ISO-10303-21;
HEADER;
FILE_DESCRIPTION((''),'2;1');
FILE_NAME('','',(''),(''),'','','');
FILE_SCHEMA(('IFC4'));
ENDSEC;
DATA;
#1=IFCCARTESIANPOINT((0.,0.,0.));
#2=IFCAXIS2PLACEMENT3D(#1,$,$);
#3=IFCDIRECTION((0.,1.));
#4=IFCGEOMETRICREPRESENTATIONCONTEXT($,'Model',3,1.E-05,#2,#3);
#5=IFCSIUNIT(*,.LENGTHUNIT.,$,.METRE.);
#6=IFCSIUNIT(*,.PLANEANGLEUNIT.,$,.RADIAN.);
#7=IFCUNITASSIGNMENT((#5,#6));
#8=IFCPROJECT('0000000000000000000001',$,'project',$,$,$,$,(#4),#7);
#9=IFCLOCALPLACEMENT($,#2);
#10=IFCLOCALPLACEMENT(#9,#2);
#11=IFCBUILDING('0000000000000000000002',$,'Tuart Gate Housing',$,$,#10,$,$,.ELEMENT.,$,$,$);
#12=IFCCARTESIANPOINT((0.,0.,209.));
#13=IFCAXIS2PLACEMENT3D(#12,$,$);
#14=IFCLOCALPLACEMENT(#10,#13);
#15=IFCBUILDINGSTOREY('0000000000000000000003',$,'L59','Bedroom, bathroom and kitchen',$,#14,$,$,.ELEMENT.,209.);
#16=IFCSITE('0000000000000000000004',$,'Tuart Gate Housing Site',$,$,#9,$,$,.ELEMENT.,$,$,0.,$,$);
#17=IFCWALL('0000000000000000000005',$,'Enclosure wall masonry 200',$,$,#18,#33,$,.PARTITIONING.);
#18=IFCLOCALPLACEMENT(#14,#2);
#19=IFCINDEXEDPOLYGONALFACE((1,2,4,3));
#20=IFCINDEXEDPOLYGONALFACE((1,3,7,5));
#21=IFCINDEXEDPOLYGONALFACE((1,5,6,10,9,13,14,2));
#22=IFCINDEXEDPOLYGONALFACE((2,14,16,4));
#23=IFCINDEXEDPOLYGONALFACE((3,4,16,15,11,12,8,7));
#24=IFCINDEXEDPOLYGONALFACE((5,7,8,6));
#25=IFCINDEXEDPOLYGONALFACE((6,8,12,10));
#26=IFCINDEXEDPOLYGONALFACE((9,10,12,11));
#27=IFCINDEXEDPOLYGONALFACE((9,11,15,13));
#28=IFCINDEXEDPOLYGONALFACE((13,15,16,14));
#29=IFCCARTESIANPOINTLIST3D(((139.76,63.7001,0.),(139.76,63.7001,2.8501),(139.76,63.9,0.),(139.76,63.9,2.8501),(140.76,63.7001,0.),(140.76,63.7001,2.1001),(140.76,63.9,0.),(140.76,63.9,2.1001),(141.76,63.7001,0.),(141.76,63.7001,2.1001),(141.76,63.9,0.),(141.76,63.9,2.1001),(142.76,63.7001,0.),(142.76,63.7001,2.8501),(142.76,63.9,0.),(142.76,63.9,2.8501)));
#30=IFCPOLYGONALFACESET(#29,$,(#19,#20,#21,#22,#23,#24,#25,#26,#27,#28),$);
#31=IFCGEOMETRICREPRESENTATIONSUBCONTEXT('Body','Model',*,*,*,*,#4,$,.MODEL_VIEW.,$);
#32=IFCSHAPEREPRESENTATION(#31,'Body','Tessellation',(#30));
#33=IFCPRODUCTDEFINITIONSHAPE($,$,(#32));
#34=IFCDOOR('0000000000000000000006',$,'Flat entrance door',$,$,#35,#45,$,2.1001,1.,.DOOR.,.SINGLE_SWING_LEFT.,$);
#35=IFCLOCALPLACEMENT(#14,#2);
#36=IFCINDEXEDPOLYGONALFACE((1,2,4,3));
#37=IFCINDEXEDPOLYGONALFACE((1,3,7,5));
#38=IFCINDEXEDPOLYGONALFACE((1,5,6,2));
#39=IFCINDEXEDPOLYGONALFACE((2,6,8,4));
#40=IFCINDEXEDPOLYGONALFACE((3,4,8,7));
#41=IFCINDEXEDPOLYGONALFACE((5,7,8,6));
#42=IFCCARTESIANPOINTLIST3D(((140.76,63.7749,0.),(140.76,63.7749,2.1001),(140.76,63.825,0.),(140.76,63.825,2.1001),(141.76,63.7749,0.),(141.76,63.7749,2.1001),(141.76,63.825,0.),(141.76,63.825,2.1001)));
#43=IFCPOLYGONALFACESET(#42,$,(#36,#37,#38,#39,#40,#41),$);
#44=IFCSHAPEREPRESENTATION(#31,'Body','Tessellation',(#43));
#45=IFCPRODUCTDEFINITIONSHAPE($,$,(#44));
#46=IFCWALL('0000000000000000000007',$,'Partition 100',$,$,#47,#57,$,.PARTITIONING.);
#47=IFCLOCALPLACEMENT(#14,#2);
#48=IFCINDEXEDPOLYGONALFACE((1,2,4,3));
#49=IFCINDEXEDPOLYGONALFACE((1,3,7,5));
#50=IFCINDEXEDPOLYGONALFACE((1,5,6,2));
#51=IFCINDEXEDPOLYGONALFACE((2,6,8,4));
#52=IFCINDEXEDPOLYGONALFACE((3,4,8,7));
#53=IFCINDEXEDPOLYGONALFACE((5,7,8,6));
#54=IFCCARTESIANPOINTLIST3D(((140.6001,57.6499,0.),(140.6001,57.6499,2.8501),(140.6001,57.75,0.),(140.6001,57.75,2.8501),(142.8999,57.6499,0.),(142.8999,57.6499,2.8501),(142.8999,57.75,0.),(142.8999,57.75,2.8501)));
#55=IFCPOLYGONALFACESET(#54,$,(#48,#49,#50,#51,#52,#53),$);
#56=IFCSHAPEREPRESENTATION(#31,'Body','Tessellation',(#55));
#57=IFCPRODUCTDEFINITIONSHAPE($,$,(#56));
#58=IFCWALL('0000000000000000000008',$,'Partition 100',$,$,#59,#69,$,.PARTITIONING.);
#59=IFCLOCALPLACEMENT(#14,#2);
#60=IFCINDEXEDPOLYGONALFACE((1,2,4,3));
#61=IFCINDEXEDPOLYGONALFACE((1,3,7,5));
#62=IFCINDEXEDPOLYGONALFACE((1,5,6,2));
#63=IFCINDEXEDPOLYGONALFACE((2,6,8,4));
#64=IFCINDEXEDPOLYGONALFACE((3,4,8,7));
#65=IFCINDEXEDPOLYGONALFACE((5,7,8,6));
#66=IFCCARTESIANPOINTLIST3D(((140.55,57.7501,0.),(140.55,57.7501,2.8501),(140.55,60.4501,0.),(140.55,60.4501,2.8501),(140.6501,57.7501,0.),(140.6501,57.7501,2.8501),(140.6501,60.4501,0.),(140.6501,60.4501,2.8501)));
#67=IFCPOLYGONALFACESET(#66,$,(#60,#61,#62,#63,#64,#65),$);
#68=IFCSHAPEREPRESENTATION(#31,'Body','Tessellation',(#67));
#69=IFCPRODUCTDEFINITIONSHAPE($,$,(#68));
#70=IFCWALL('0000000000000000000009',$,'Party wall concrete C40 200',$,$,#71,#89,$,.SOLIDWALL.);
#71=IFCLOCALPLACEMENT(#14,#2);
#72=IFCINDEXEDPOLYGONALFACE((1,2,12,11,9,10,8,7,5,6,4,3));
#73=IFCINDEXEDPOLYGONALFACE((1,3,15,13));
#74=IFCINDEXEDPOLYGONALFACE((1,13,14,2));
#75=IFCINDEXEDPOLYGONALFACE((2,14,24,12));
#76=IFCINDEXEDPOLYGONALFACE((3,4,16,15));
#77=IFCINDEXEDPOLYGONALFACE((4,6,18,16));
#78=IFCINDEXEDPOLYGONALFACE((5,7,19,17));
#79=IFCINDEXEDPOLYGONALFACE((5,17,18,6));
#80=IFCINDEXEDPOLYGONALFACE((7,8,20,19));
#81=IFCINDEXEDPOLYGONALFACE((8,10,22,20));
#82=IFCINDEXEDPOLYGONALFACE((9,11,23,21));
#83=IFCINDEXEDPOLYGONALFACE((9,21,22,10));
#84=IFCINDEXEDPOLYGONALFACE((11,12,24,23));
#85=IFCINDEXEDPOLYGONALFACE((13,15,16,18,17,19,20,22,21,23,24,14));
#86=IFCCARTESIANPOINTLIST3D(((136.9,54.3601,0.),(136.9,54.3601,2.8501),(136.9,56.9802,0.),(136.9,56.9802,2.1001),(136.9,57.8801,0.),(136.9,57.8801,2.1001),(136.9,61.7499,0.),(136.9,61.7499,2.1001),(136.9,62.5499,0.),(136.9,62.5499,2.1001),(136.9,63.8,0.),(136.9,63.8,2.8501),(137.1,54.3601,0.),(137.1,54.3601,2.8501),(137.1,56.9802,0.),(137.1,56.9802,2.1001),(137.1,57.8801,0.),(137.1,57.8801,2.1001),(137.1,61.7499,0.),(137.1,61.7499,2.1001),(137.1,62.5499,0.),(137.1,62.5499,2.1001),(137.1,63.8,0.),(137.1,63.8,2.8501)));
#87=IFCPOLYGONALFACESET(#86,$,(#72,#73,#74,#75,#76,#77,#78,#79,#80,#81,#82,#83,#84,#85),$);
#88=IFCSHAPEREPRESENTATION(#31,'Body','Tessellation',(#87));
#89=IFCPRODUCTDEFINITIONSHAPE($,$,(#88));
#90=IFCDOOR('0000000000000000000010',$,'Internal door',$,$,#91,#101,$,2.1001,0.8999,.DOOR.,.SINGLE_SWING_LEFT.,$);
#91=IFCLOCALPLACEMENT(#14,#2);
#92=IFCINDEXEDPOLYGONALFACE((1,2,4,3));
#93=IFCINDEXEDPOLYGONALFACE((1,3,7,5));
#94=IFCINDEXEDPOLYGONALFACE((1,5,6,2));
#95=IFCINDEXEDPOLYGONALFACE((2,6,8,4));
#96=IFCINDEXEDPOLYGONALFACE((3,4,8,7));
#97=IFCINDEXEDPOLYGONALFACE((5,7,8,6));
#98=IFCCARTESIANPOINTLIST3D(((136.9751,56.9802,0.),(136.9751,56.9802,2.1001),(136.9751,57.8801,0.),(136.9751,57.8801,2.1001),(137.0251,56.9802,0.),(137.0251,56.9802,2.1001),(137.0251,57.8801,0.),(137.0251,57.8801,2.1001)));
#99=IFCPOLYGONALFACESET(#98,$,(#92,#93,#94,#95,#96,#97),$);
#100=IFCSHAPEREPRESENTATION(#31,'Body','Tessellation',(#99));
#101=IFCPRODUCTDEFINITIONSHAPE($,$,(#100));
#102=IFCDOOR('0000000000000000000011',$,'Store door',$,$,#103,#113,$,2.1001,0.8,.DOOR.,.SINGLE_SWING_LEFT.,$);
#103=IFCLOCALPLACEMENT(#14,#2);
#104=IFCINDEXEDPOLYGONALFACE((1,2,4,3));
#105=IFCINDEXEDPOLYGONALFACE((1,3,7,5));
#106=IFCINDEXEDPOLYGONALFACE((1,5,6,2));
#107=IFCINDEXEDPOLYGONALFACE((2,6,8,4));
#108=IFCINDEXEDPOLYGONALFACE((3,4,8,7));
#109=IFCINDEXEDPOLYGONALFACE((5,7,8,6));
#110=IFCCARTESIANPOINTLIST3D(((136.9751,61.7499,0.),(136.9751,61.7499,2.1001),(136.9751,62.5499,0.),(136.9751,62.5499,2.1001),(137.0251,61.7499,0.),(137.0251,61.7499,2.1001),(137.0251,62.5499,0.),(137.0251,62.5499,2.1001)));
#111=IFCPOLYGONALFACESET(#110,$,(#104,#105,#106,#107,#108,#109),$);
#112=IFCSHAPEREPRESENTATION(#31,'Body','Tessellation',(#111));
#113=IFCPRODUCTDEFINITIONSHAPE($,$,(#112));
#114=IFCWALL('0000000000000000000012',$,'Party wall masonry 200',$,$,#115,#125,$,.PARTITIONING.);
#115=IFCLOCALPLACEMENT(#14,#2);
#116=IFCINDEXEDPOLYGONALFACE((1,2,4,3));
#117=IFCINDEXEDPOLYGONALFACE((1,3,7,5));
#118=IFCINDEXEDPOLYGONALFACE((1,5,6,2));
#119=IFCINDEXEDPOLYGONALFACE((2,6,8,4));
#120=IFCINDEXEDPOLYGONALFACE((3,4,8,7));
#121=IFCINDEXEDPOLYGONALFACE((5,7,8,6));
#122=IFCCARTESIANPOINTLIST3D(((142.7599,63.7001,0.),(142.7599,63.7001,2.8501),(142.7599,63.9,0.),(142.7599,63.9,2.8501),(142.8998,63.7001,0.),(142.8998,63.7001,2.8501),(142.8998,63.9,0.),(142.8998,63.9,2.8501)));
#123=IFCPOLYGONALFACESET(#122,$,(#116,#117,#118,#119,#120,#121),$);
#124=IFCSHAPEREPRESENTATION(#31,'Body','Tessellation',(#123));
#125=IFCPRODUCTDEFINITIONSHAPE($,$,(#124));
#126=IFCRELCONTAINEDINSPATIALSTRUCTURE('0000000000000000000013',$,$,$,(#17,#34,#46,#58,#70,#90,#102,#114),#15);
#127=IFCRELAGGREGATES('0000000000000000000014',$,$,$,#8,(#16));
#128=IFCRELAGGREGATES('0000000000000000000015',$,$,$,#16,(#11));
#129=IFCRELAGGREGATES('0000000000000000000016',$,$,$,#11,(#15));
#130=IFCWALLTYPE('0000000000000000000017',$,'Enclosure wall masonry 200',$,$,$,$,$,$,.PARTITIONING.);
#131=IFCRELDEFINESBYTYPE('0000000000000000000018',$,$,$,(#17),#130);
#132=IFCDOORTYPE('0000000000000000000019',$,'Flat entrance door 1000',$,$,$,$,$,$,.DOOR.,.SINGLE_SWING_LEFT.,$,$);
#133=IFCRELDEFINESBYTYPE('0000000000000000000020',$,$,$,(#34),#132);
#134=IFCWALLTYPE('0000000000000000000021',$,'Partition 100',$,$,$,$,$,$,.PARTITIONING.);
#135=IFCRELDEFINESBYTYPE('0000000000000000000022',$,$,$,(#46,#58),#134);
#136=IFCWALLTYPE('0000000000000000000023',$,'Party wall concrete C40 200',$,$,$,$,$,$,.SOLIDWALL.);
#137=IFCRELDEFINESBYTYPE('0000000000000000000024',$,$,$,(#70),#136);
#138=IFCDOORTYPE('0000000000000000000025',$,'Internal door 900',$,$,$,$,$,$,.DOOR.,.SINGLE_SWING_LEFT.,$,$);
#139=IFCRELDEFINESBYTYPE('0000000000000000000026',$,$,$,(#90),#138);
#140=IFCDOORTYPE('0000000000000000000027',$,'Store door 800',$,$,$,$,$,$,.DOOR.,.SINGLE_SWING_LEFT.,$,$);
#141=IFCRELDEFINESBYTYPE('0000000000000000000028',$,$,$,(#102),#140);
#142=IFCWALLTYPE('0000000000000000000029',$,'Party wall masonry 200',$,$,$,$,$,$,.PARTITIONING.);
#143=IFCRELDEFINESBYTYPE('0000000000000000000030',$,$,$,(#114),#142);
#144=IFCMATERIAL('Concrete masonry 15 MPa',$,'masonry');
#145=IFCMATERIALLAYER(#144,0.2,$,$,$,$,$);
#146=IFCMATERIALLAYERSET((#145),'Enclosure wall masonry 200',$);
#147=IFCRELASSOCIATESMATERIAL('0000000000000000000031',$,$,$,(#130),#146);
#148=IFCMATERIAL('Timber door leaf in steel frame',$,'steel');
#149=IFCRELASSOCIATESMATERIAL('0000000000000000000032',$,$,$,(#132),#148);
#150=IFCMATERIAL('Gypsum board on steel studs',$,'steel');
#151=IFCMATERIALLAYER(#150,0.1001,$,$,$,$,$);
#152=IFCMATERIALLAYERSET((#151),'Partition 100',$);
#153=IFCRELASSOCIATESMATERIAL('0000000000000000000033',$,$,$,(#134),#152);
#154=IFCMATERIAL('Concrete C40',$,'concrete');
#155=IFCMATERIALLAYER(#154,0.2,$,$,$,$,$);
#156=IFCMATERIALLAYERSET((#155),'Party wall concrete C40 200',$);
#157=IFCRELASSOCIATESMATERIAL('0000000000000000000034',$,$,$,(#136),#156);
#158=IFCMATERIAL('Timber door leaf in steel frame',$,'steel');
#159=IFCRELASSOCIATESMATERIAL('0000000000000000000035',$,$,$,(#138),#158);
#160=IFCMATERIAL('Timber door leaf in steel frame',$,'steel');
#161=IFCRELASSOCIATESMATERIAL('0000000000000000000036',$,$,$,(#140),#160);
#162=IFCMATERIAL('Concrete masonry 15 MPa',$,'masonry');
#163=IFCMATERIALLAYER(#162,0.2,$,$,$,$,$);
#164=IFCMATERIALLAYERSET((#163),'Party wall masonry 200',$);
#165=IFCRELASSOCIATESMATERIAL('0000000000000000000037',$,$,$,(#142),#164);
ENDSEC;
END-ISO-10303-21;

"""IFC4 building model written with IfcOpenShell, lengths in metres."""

from ifc_helpers import new_model, si_unit, direction, frame, frame_2d, origin, place, context, subcontext, project, spatial, rectangle, extrude, material, layer, layer_set, type_object, element, fill, save


model = new_model("IFC4")

# Units and contexts
model_context = context("Model", 3, precision=1e-05, world=origin(), true_north=direction((0.0, 1.0)))
body_context = subcontext(model_context, "Body", "Model", "MODEL_VIEW")
ifc_project = project(units=[si_unit("LENGTHUNIT", "METRE"), si_unit("PLANEANGLEUNIT", "RADIAN")], contexts=[model_context])

# Site, building, storey
site_placement = place(None, origin())
site = spatial("IfcSite", under=ifc_project, at=site_placement, Name="Tuart Gate Housing Site", CompositionType="ELEMENT", RefElevation=0.0)
building_placement = place(site_placement, origin())
building = spatial("IfcBuilding", under=site, at=building_placement, Name="Tuart Gate Housing", CompositionType="ELEMENT")
storey_placement = place(building_placement, frame((0.0, 0.0, 209.0)))
storey = spatial("IfcBuildingStorey", under=building, at=storey_placement, Name="L59", Description="Bedroom, bathroom and kitchen", CompositionType="ELEMENT", Elevation=209.0)

# Wall, opening, door
ifc_material_1 = material(Name="Concrete masonry 15 MPa", Category="masonry")
ifc_layer_1 = layer(ifc_material_1, 0.2)
ifc_layer_set_1 = layer_set([ifc_layer_1], Name="Enclosure wall masonry 200")
wall_type_1 = type_object("IfcWallType", Name="Enclosure wall masonry 200", PredefinedType="PARTITIONING", material=ifc_layer_set_1)
wall_1_placement = place(storey_placement, frame((139.76, 63.8, 0.0), z_axis=(0.0, 0.0, 1.0), x_axis=(1.0, 0.0, 0.0)))
wall_1 = element("IfcWall", 1, at=wall_1_placement, inside=storey, type_object=wall_type_1, Name="Enclosure wall masonry 200", PredefinedType="PARTITIONING", context=body_context, shape_type="SweptSolid", body=[
    extrude(rectangle(XDim=3.0, YDim=0.2, at=frame_2d((1.5, 0.0))), origin(), (0.0, 0.0, 1.0), 2.8501),
])
opening_1_placement = place(wall_1_placement, frame((1.0, 0.0, 0.0)))
opening_1 = element("IfcOpeningElement", 2, at=opening_1_placement, cuts=wall_1, PredefinedType="OPENING", context=body_context, shape_type="SweptSolid", body=[
    extrude(rectangle(XDim=1.0, YDim=2.1001, at=frame_2d((0.5, 1.05))), frame((0.0, 0.1099, 0.0), z_axis=(0.0, -1.0, 0.0), x_axis=(1.0, 0.0, 0.0)), (0.0, 0.0, 1.0), 0.22),
])
ifc_material_2 = material(Name="Timber door leaf in steel frame", Category="steel")
door_type_1 = type_object("IfcDoorType", Name="Flat entrance door 1000", OperationType="SINGLE_SWING_LEFT", PredefinedType="DOOR", material=ifc_material_2)
door_1_placement = place(opening_1_placement, frame((1.0, 0.0, 0.0), z_axis=(0.0, 0.0, 1.0), x_axis=(-1.0, 0.0, 0.0)))
door_1 = element("IfcDoor", 3, at=door_1_placement, inside=storey, type_object=door_type_1, Name="Flat entrance door", OperationType="SINGLE_SWING_LEFT", OverallHeight=2.1001, OverallWidth=1.0, PredefinedType="DOOR", context=body_context, shape_type="SweptSolid", body=[
    extrude(rectangle(XDim=1.0, YDim=2.1001, at=frame_2d((0.5, 1.05))), frame((0.0, 0.0251, 0.0), z_axis=(0.0, -1.0, 0.0), x_axis=(1.0, 0.0, 0.0)), (0.0, 0.0, 1.0), 0.05),
])
fill(opening_1, door_1)

# Walls
ifc_material_3 = material(Name="Gypsum board on steel studs", Category="steel")
ifc_layer_2 = layer(ifc_material_3, 0.1001)
ifc_layer_set_2 = layer_set([ifc_layer_2], Name="Partition 100")
wall_type_2 = type_object("IfcWallType", Name="Partition 100", PredefinedType="PARTITIONING", material=ifc_layer_set_2)
wall_2_placement = place(storey_placement, frame((140.6001, 57.7, 0.0), z_axis=(0.0, 0.0, 1.0), x_axis=(1.0, 0.0, 0.0)))
element("IfcWall", 4, at=wall_2_placement, inside=storey, type_object=wall_type_2, Name="Partition 100", PredefinedType="PARTITIONING", context=body_context, shape_type="SweptSolid", body=[
    extrude(rectangle(XDim=2.2998, YDim=0.1001, at=frame_2d((1.1499, 0.0))), origin(), (0.0, 0.0, 1.0), 2.8501),
])
wall_3_placement = place(storey_placement, frame((140.6001, 57.75, 0.0), z_axis=(0.0, 0.0, 1.0), x_axis=(0.0, 1.0, 0.0)))
element("IfcWall", 5, at=wall_3_placement, inside=storey, type_object=wall_type_2, Name="Partition 100", PredefinedType="PARTITIONING", context=body_context, shape_type="SweptSolid", body=[
    extrude(rectangle(XDim=2.7, YDim=0.1001, at=frame_2d((1.3501, 0.0))), origin(), (0.0, 0.0, 1.0), 2.8501),
])

# Wall, openings, doors
ifc_material_4 = material(Name="Concrete C40", Category="concrete")
ifc_layer_3 = layer(ifc_material_4, 0.2)
ifc_layer_set_3 = layer_set([ifc_layer_3], Name="Party wall concrete C40 200")
wall_type_3 = type_object("IfcWallType", Name="Party wall concrete C40 200", PredefinedType="SOLIDWALL", material=ifc_layer_set_3)
wall_4_placement = place(storey_placement, frame((137.0, 54.3601, 0.0), z_axis=(0.0, 0.0, 1.0), x_axis=(0.0, 1.0, 0.0)))
wall_4 = element("IfcWall", 6, at=wall_4_placement, inside=storey, type_object=wall_type_3, Name="Party wall concrete C40 200", PredefinedType="SOLIDWALL", context=body_context, shape_type="SweptSolid", body=[
    extrude(rectangle(XDim=9.4399, YDim=0.2, at=frame_2d((4.72, 0.0))), origin(), (0.0, 0.0, 1.0), 2.8501),
])
opening_2_placement = place(wall_4_placement, frame((2.6201, 0.0, 0.0)))
opening_2 = element("IfcOpeningElement", 7, at=opening_2_placement, cuts=wall_4, PredefinedType="OPENING", context=body_context, shape_type="SweptSolid", body=[
    extrude(rectangle(XDim=0.8999, YDim=2.1001, at=frame_2d((0.45, 1.05))), frame((0.0, 0.1099, 0.0), z_axis=(0.0, -1.0, 0.0), x_axis=(1.0, 0.0, 0.0)), (0.0, 0.0, 1.0), 0.22),
])
opening_3_placement = place(wall_4_placement, frame((7.3899, 0.0, 0.0)))
opening_3 = element("IfcOpeningElement", 8, at=opening_3_placement, cuts=wall_4, PredefinedType="OPENING", context=body_context, shape_type="SweptSolid", body=[
    extrude(rectangle(XDim=0.8, YDim=2.1001, at=frame_2d((0.3999, 1.05))), frame((0.0, 0.1099, 0.0), z_axis=(0.0, -1.0, 0.0), x_axis=(1.0, 0.0, 0.0)), (0.0, 0.0, 1.0), 0.22),
])
ifc_material_5 = material(Name="Timber door leaf in steel frame", Category="steel")
door_type_2 = type_object("IfcDoorType", Name="Internal door 900", OperationType="SINGLE_SWING_LEFT", PredefinedType="DOOR", material=ifc_material_5)
door_2_placement = place(opening_2_placement, origin())
door_2 = element("IfcDoor", 9, at=door_2_placement, inside=storey, type_object=door_type_2, Name="Internal door", OperationType="SINGLE_SWING_LEFT", OverallHeight=2.1001, OverallWidth=0.8999, PredefinedType="DOOR", context=body_context, shape_type="SweptSolid", body=[
    extrude(rectangle(XDim=0.8999, YDim=2.1001, at=frame_2d((0.45, 1.05))), frame((0.0, 0.0249, 0.0), z_axis=(0.0, -1.0, 0.0), x_axis=(1.0, 0.0, 0.0)), (0.0, 0.0, 1.0), 0.05),
])
fill(opening_2, door_2)
ifc_material_6 = material(Name="Timber door leaf in steel frame", Category="steel")
door_type_3 = type_object("IfcDoorType", Name="Store door 800", OperationType="SINGLE_SWING_LEFT", PredefinedType="DOOR", material=ifc_material_6)
door_3_placement = place(opening_3_placement, origin())
door_3 = element("IfcDoor", 10, at=door_3_placement, inside=storey, type_object=door_type_3, Name="Store door", OperationType="SINGLE_SWING_LEFT", OverallHeight=2.1001, OverallWidth=0.8, PredefinedType="DOOR", context=body_context, shape_type="SweptSolid", body=[
    extrude(rectangle(XDim=0.8, YDim=2.1001, at=frame_2d((0.3999, 1.05))), frame((0.0, 0.0249, 0.0), z_axis=(0.0, -1.0, 0.0), x_axis=(1.0, 0.0, 0.0)), (0.0, 0.0, 1.0), 0.05),
])
fill(opening_3, door_3)

# Wall
ifc_material_7 = material(Name="Concrete masonry 15 MPa", Category="masonry")
ifc_layer_4 = layer(ifc_material_7, 0.2)
ifc_layer_set_4 = layer_set([ifc_layer_4], Name="Party wall masonry 200")
wall_type_4 = type_object("IfcWallType", Name="Party wall masonry 200", PredefinedType="PARTITIONING", material=ifc_layer_set_4)
wall_5_placement = place(storey_placement, frame((142.76, 63.8, 0.0), z_axis=(0.0, 0.0, 1.0), x_axis=(1.0, 0.0, 0.0)))
element("IfcWall", 11, at=wall_5_placement, inside=storey, type_object=wall_type_4, Name="Party wall masonry 200", PredefinedType="PARTITIONING", context=body_context, shape_type="SweptSolid", body=[
    extrude(rectangle(XDim=0.1399, YDim=0.2, at=frame_2d((0.0698, 0.0))), origin(), (0.0, 0.0, 1.0), 2.8501),
])

save(model, "model.ifc")
